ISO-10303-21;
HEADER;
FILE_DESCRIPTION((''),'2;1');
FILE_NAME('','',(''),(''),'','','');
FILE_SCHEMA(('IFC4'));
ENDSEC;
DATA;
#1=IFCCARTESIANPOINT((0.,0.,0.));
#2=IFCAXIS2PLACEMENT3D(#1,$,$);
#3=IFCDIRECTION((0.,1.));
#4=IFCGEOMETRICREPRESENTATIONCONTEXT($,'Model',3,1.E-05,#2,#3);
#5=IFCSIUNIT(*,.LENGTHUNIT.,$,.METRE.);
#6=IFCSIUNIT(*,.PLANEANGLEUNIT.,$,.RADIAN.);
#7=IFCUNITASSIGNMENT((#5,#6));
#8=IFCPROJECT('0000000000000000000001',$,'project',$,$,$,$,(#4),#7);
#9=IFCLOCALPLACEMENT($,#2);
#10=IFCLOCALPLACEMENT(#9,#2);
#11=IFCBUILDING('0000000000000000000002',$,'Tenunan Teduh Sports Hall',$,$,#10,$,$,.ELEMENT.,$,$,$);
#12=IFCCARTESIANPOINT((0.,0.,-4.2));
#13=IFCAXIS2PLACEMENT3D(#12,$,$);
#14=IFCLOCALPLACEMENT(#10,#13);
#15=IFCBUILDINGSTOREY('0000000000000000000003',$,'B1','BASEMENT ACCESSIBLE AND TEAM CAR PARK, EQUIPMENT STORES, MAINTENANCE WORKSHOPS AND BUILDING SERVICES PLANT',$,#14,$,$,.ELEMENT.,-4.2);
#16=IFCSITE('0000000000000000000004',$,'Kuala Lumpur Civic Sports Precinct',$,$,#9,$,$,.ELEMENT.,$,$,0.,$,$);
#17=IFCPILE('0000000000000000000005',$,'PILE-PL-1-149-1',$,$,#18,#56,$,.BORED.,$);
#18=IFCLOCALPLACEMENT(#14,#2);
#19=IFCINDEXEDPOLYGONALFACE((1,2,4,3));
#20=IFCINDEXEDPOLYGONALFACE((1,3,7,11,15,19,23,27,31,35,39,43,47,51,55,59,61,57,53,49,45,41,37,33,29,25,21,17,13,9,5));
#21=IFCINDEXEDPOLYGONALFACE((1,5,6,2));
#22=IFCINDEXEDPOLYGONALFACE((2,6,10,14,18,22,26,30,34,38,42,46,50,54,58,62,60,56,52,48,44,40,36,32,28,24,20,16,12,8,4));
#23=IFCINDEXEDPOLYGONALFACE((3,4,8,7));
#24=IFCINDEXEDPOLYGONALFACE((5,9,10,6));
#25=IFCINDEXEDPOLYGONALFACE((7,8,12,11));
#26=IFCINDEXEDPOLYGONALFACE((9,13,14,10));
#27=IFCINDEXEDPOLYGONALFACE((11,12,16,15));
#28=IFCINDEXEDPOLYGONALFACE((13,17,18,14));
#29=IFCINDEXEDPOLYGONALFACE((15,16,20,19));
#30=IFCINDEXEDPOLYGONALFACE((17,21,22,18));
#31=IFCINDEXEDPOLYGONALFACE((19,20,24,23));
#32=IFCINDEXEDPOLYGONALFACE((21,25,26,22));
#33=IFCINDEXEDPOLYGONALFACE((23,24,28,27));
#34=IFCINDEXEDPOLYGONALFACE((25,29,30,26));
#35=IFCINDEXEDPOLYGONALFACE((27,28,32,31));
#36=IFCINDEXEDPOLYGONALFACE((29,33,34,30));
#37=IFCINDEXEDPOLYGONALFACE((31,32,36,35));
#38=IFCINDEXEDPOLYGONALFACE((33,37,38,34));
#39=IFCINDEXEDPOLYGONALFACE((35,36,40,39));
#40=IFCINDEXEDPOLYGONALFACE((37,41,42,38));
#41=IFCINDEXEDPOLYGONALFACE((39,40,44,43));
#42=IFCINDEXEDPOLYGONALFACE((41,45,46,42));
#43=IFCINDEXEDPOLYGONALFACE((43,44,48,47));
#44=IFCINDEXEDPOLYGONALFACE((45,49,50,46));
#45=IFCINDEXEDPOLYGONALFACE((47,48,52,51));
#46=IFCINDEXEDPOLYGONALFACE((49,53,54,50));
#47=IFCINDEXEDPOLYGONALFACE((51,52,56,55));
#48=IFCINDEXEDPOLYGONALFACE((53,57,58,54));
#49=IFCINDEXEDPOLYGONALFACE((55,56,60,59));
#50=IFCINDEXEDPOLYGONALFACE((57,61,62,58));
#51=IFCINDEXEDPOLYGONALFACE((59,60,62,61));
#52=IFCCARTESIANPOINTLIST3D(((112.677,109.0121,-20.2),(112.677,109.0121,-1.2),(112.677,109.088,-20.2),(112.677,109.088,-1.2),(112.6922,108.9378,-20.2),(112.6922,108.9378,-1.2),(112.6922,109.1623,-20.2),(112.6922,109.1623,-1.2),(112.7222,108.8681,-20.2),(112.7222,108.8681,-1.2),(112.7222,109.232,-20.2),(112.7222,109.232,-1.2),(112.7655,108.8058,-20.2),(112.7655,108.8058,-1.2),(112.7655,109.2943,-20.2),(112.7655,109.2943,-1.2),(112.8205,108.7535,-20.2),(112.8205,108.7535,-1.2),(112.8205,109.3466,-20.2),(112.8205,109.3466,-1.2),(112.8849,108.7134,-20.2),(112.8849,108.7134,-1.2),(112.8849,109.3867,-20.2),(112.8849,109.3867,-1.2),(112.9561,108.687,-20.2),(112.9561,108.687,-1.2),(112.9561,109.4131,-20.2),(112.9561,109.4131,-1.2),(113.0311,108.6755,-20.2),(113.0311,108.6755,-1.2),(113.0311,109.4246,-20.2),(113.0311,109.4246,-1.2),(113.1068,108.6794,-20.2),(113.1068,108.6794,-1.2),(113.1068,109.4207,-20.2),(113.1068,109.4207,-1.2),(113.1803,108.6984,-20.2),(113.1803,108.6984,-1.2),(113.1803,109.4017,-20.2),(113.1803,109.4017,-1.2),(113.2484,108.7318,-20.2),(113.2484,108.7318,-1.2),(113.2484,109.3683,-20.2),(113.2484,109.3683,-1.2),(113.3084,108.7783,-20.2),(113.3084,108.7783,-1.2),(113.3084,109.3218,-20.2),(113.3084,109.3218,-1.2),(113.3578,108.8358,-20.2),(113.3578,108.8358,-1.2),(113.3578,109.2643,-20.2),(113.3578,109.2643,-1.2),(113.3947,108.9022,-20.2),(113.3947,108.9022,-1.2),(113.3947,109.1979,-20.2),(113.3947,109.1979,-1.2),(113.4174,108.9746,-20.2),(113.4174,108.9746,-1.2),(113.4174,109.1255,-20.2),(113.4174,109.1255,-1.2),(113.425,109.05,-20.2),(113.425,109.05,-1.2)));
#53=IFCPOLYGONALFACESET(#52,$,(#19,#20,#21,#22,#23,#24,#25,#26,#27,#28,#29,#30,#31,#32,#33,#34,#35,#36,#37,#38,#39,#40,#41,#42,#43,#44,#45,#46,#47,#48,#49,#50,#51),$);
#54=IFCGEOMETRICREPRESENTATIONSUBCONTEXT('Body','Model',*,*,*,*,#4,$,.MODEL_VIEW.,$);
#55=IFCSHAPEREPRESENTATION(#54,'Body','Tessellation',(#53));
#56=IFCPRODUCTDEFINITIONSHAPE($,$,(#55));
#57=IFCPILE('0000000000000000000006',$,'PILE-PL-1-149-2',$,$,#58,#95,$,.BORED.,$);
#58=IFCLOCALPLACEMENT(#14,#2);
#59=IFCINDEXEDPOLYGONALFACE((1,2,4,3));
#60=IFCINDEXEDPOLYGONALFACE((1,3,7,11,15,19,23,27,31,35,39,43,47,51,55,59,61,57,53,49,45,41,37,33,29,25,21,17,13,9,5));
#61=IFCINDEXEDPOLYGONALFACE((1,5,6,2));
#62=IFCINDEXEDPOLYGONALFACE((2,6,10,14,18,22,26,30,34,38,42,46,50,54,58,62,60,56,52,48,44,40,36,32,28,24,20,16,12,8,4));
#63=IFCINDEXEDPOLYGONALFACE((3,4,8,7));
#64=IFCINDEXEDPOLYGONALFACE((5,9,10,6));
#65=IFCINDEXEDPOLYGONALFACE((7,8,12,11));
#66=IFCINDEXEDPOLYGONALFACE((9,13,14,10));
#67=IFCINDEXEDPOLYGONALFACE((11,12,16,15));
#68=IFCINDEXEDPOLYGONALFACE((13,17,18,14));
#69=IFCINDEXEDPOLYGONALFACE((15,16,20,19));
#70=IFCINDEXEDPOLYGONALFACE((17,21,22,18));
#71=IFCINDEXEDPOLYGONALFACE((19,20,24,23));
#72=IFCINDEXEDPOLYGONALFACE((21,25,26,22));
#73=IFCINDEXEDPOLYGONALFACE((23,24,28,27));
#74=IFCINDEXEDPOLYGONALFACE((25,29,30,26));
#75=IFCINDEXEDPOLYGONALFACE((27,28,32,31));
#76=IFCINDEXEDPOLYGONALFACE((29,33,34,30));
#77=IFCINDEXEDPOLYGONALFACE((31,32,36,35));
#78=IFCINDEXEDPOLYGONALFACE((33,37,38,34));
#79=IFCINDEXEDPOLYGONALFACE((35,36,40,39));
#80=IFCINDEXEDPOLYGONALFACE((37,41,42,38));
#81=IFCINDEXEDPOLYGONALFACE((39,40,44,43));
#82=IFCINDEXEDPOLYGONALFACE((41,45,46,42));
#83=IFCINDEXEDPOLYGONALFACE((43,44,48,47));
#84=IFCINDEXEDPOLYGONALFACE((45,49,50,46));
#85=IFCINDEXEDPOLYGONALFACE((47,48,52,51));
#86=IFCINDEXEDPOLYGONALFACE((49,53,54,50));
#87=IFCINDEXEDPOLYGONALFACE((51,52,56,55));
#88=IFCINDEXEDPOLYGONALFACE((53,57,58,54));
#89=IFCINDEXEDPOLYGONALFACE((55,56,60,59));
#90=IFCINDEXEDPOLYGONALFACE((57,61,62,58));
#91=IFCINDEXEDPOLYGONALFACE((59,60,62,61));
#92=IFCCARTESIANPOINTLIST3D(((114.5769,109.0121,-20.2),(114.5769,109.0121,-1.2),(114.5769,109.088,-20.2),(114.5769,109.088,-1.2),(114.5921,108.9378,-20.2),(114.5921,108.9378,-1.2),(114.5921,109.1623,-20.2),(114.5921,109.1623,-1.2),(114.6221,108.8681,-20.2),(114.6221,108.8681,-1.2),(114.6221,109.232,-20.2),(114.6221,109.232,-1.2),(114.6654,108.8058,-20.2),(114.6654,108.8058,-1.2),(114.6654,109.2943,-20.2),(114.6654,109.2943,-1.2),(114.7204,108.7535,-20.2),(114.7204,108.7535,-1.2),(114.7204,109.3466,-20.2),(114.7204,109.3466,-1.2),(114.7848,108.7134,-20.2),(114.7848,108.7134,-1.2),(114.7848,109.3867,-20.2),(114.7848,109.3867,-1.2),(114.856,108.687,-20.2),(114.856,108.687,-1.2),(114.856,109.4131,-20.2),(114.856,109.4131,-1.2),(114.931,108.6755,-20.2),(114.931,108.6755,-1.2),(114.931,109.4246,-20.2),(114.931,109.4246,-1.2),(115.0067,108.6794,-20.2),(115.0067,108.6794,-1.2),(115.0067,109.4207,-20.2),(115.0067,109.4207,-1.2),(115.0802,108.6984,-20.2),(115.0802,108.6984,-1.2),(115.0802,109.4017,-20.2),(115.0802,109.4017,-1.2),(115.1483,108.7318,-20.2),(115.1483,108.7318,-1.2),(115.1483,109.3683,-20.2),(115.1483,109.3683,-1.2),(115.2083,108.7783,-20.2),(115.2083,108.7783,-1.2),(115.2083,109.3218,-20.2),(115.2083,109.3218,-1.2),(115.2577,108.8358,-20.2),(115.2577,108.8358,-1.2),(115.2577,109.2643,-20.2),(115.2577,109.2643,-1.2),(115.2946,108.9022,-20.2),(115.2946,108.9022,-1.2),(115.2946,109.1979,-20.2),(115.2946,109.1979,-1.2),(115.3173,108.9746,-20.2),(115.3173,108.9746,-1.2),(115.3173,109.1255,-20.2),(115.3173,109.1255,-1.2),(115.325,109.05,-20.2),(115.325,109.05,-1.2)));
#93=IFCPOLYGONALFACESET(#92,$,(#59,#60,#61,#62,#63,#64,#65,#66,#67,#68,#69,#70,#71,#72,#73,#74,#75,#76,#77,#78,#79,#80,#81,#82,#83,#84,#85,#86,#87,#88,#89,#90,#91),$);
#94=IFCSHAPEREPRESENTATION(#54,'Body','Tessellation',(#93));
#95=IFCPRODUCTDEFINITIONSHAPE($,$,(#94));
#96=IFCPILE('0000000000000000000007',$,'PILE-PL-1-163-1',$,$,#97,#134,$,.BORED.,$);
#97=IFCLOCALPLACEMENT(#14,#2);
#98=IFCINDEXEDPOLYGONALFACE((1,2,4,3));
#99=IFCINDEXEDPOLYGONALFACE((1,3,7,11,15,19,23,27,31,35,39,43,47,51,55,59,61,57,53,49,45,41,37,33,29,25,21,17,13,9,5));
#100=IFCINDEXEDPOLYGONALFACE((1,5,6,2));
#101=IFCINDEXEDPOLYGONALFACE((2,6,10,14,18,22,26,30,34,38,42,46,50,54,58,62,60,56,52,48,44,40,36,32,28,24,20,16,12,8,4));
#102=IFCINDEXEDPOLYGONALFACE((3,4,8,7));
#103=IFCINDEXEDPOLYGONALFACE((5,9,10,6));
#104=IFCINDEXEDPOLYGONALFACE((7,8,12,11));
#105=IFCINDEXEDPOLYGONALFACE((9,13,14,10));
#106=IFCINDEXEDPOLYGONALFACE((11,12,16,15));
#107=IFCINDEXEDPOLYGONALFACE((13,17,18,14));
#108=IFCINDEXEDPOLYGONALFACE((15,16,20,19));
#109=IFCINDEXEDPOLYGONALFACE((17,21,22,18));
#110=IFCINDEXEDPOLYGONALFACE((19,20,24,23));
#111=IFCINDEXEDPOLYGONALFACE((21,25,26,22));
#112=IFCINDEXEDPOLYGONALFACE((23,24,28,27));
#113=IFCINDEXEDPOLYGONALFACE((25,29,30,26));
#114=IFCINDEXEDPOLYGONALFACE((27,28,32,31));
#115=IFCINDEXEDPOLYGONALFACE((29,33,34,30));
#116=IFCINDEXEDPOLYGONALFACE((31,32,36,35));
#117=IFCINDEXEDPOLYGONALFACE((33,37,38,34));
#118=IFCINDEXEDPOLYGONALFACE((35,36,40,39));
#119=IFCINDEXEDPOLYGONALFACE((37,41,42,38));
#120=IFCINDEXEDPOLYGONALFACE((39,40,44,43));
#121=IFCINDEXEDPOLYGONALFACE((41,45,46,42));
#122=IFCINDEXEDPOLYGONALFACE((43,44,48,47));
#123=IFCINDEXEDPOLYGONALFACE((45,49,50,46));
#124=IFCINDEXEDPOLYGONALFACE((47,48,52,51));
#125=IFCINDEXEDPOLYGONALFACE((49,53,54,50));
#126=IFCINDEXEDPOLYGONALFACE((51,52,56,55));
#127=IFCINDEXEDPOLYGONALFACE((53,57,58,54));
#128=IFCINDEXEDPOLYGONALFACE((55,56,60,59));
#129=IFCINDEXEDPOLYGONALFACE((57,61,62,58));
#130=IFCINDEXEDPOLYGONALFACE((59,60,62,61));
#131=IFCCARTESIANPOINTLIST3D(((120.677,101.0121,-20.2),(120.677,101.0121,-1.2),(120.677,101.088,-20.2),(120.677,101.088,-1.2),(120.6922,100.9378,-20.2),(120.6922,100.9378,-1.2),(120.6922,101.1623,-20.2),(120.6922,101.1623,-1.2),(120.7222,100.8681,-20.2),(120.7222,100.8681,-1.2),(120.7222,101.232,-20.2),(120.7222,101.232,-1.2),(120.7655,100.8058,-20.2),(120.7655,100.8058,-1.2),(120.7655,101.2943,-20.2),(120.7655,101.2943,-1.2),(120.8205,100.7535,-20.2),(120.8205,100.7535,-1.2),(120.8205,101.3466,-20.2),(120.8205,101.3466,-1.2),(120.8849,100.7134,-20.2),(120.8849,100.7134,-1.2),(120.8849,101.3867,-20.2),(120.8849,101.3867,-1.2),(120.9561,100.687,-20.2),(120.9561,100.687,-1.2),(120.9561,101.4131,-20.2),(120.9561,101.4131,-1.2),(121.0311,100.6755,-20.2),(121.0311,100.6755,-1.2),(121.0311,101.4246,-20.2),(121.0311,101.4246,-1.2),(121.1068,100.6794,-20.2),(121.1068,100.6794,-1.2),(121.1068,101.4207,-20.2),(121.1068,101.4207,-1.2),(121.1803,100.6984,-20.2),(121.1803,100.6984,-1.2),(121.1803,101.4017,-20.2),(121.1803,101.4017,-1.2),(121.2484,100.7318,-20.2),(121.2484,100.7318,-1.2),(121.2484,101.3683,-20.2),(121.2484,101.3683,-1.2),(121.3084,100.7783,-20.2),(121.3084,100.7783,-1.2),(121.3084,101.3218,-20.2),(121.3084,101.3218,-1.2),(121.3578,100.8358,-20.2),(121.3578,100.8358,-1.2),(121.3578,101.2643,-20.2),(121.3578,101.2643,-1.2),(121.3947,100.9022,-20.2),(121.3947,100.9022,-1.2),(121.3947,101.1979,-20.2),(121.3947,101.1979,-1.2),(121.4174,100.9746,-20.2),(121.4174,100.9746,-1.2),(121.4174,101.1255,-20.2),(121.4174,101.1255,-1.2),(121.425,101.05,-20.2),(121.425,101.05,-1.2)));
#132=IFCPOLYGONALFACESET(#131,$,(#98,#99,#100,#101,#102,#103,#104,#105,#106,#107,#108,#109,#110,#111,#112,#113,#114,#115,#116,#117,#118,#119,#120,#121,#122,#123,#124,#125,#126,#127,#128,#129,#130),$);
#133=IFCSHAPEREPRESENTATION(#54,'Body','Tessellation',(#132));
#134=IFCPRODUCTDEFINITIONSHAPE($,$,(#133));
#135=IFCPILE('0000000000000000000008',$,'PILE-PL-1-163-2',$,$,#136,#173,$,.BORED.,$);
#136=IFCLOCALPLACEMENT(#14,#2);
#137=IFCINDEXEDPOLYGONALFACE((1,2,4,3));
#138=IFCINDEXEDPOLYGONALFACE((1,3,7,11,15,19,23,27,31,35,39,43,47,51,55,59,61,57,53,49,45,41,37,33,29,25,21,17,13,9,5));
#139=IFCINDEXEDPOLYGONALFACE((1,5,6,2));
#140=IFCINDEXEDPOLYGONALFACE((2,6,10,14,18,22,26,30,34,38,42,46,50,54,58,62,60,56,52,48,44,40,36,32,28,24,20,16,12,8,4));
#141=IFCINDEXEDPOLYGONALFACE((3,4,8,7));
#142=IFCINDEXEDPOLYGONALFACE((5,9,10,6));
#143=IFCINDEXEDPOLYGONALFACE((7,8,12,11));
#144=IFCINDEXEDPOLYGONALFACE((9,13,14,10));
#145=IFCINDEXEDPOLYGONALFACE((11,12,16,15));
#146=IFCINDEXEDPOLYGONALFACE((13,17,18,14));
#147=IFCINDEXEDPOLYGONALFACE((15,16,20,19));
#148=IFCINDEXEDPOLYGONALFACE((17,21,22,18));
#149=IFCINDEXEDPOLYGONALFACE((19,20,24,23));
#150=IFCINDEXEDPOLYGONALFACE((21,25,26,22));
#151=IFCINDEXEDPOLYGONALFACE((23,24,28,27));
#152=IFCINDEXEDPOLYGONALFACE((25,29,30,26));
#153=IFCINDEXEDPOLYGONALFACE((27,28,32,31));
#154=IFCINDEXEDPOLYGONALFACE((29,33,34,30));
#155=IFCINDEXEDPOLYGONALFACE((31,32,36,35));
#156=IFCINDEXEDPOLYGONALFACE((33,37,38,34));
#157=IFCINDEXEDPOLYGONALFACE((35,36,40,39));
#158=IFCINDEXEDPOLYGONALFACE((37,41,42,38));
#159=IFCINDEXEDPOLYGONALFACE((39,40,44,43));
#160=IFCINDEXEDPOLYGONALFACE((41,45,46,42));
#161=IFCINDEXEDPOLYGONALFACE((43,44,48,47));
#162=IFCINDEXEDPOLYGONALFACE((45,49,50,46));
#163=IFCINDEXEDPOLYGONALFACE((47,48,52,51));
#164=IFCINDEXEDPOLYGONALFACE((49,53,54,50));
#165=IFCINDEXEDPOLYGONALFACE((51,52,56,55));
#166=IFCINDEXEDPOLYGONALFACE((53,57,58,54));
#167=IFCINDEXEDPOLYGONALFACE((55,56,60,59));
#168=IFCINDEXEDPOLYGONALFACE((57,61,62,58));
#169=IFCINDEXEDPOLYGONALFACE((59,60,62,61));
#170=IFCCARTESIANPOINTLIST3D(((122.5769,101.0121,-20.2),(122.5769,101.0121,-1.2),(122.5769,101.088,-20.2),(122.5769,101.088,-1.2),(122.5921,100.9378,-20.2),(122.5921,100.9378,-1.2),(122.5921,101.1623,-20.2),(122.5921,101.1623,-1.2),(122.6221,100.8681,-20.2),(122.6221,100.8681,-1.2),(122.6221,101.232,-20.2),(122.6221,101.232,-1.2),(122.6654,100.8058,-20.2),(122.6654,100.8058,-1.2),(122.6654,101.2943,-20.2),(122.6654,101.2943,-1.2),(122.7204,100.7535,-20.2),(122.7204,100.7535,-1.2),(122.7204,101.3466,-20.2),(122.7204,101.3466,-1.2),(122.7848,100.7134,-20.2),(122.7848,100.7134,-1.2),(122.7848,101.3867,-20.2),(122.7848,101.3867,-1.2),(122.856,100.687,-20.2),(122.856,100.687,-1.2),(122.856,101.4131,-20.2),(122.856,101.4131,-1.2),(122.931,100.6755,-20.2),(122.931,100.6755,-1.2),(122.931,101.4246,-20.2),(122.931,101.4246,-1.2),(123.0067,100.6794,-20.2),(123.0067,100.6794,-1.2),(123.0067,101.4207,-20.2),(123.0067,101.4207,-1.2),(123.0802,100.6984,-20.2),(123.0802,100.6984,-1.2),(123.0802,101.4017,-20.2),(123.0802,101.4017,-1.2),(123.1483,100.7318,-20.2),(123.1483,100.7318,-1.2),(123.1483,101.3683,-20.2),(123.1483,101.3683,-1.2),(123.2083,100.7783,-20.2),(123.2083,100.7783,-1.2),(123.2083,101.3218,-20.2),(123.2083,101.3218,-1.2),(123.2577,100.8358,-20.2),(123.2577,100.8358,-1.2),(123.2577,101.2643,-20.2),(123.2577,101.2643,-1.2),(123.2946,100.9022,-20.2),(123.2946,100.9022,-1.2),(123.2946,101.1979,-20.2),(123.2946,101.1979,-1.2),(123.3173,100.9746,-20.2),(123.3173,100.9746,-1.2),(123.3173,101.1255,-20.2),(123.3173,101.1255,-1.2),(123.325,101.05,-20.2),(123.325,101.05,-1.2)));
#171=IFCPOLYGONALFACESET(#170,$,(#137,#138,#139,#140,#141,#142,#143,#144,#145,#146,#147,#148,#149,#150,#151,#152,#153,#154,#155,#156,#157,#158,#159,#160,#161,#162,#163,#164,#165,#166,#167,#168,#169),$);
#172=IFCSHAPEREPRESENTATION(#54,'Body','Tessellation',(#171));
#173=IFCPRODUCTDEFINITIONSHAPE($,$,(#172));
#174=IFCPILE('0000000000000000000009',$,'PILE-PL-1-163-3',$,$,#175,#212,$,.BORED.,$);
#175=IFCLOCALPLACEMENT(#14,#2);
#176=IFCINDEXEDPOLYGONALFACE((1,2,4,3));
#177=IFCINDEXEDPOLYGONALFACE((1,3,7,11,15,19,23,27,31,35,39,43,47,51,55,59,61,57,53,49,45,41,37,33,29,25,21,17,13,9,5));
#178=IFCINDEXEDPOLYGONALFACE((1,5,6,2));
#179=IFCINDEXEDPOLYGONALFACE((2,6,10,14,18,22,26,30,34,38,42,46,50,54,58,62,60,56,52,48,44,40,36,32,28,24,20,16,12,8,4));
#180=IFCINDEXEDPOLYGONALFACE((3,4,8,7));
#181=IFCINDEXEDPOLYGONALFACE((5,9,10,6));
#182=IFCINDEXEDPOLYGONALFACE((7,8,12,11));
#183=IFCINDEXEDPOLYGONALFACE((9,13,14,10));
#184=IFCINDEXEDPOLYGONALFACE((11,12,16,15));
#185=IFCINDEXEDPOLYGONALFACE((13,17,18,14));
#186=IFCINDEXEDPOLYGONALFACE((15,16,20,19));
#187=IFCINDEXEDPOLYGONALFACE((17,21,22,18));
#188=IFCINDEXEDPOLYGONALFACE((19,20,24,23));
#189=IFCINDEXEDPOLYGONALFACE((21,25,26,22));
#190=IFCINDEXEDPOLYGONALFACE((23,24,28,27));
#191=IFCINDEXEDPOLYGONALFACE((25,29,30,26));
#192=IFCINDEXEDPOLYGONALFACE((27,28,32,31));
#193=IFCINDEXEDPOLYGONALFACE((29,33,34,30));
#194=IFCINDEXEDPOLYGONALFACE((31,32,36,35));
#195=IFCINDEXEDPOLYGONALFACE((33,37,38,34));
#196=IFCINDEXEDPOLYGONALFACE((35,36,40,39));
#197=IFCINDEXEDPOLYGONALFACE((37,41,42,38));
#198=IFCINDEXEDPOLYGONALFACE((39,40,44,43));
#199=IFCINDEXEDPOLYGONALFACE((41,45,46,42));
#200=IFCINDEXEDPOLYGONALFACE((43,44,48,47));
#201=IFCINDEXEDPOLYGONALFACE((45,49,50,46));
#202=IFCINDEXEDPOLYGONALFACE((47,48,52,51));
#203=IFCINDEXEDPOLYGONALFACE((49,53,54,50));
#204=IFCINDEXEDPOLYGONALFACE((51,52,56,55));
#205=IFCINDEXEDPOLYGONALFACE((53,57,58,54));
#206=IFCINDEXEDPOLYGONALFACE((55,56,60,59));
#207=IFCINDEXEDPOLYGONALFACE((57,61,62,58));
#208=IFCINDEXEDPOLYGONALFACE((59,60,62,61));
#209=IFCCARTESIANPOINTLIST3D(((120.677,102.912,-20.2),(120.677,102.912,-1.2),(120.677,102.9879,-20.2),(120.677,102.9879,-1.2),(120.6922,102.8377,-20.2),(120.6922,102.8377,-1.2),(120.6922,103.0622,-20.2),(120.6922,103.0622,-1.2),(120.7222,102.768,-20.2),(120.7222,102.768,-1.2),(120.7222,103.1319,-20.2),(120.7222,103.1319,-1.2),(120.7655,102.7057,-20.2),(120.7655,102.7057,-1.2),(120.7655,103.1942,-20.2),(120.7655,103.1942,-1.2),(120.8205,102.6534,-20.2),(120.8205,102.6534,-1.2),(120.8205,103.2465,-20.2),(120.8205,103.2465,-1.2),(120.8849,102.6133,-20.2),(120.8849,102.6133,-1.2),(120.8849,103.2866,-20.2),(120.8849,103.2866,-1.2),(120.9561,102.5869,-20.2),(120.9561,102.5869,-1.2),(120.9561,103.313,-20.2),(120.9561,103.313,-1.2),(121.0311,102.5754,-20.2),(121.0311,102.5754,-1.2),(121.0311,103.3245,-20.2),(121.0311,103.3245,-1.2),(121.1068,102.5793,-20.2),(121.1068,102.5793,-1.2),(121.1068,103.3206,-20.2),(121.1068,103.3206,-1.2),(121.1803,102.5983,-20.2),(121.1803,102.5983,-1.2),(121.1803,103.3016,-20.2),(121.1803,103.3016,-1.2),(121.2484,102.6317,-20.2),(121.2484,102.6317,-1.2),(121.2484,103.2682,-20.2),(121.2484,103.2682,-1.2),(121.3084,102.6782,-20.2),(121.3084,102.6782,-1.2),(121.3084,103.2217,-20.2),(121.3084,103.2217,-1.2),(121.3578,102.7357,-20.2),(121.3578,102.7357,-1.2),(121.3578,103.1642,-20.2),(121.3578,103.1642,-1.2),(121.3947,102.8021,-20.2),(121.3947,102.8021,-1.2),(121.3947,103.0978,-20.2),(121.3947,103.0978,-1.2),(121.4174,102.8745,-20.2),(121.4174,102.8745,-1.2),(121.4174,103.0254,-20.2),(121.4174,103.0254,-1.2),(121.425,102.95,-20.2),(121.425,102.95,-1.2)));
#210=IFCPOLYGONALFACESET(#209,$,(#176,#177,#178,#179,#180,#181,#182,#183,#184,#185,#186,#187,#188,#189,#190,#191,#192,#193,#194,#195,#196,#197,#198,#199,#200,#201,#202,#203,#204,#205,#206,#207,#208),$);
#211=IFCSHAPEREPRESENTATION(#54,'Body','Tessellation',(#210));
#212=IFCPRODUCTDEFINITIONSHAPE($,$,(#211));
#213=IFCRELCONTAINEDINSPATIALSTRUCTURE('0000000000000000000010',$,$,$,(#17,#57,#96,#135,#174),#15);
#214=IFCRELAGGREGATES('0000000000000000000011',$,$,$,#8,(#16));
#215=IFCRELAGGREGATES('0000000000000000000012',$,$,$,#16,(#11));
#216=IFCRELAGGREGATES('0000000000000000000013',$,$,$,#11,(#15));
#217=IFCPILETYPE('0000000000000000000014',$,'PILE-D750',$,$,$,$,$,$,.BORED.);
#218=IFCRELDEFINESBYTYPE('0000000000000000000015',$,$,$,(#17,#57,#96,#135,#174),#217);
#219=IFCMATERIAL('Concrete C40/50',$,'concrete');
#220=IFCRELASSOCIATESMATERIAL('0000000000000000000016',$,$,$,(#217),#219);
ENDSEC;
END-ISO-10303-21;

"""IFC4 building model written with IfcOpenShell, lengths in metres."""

from ifc_helpers import new_model, si_unit, direction, frame, origin, origin_2d, place, context, subcontext, project, spatial, circle, extrude, material, material_profile, profile_set, type_object, element, save


model = new_model("IFC4")

# Units and contexts
model_context = context("Model", 3, precision=1e-05, world=origin(), true_north=direction((0.0, 1.0)))
body_context = subcontext(model_context, "Body", "Model", "MODEL_VIEW")
ifc_project = project(units=[si_unit("LENGTHUNIT", "METRE"), si_unit("PLANEANGLEUNIT", "RADIAN")], contexts=[model_context])

# Site, building, storey
site_placement = place(None, origin())
site = spatial("IfcSite", under=ifc_project, at=site_placement, Name="Kuala Lumpur Civic Sports Precinct", CompositionType="ELEMENT", RefElevation=0.0)
building_placement = place(site_placement, origin())
building = spatial("IfcBuilding", under=site, at=building_placement, Name="Tenunan Teduh Sports Hall", CompositionType="ELEMENT")
storey_placement = place(building_placement, frame((0.0, 0.0, -4.2)))
storey = spatial("IfcBuildingStorey", under=building, at=storey_placement, Name="B1", Description="BASEMENT ACCESSIBLE AND TEAM CAR PARK, EQUIPMENT STORES, MAINTENANCE WORKSHOPS AND BUILDING SERVICES PLANT", CompositionType="ELEMENT", Elevation=-4.2)

# Piles
ifc_material_1 = material(Name="Concrete C40/50", Category="concrete")
ifc_material_profile_1 = material_profile(ifc_material_1, circle(Radius=0.375, at=origin_2d()), Name="PILE D750")
ifc_profile_set_1 = profile_set([ifc_material_profile_1], Name="Concrete C40/50")
pile_type = type_object("IfcPileType", Name="PILE-D750", PredefinedType="BORED", material=ifc_profile_set_1)
for number, where, z_axis, x_axis, name in (
    (1, (113.05, 109.05, -1.2), (0.0, 0.0, -1.0), (1.0, 0.0, 0.0), "PILE-PL-1-149-1"),
    (2, (114.95, 109.05, -1.2), (0.0, 0.0, -1.0), (1.0, 0.0, 0.0), "PILE-PL-1-149-2"),
    (3, (121.05, 101.05, -1.2), (0.0, 0.0, -1.0), (1.0, 0.0, 0.0), "PILE-PL-1-163-1"),
    (4, (122.95, 101.05, -1.2), (0.0, 0.0, -1.0), (1.0, 0.0, 0.0), "PILE-PL-1-163-2"),
    (5, (121.05, 102.95, -1.2), (0.0, 0.0, -1.0), (1.0, 0.0, 0.0), "PILE-PL-1-163-3"),
):
    element("IfcPile", number, at=place(storey_placement, frame(where, z_axis=z_axis, x_axis=x_axis)), inside=storey, type_object=pile_type, Name=name, PredefinedType="BORED", context=body_context, shape_type="SweptSolid", body=[
        extrude(circle(Radius=0.375, at=origin_2d()), origin(), (0.0, 0.0, 1.0), 19.0),
    ])

save(model, "model.ifc")
